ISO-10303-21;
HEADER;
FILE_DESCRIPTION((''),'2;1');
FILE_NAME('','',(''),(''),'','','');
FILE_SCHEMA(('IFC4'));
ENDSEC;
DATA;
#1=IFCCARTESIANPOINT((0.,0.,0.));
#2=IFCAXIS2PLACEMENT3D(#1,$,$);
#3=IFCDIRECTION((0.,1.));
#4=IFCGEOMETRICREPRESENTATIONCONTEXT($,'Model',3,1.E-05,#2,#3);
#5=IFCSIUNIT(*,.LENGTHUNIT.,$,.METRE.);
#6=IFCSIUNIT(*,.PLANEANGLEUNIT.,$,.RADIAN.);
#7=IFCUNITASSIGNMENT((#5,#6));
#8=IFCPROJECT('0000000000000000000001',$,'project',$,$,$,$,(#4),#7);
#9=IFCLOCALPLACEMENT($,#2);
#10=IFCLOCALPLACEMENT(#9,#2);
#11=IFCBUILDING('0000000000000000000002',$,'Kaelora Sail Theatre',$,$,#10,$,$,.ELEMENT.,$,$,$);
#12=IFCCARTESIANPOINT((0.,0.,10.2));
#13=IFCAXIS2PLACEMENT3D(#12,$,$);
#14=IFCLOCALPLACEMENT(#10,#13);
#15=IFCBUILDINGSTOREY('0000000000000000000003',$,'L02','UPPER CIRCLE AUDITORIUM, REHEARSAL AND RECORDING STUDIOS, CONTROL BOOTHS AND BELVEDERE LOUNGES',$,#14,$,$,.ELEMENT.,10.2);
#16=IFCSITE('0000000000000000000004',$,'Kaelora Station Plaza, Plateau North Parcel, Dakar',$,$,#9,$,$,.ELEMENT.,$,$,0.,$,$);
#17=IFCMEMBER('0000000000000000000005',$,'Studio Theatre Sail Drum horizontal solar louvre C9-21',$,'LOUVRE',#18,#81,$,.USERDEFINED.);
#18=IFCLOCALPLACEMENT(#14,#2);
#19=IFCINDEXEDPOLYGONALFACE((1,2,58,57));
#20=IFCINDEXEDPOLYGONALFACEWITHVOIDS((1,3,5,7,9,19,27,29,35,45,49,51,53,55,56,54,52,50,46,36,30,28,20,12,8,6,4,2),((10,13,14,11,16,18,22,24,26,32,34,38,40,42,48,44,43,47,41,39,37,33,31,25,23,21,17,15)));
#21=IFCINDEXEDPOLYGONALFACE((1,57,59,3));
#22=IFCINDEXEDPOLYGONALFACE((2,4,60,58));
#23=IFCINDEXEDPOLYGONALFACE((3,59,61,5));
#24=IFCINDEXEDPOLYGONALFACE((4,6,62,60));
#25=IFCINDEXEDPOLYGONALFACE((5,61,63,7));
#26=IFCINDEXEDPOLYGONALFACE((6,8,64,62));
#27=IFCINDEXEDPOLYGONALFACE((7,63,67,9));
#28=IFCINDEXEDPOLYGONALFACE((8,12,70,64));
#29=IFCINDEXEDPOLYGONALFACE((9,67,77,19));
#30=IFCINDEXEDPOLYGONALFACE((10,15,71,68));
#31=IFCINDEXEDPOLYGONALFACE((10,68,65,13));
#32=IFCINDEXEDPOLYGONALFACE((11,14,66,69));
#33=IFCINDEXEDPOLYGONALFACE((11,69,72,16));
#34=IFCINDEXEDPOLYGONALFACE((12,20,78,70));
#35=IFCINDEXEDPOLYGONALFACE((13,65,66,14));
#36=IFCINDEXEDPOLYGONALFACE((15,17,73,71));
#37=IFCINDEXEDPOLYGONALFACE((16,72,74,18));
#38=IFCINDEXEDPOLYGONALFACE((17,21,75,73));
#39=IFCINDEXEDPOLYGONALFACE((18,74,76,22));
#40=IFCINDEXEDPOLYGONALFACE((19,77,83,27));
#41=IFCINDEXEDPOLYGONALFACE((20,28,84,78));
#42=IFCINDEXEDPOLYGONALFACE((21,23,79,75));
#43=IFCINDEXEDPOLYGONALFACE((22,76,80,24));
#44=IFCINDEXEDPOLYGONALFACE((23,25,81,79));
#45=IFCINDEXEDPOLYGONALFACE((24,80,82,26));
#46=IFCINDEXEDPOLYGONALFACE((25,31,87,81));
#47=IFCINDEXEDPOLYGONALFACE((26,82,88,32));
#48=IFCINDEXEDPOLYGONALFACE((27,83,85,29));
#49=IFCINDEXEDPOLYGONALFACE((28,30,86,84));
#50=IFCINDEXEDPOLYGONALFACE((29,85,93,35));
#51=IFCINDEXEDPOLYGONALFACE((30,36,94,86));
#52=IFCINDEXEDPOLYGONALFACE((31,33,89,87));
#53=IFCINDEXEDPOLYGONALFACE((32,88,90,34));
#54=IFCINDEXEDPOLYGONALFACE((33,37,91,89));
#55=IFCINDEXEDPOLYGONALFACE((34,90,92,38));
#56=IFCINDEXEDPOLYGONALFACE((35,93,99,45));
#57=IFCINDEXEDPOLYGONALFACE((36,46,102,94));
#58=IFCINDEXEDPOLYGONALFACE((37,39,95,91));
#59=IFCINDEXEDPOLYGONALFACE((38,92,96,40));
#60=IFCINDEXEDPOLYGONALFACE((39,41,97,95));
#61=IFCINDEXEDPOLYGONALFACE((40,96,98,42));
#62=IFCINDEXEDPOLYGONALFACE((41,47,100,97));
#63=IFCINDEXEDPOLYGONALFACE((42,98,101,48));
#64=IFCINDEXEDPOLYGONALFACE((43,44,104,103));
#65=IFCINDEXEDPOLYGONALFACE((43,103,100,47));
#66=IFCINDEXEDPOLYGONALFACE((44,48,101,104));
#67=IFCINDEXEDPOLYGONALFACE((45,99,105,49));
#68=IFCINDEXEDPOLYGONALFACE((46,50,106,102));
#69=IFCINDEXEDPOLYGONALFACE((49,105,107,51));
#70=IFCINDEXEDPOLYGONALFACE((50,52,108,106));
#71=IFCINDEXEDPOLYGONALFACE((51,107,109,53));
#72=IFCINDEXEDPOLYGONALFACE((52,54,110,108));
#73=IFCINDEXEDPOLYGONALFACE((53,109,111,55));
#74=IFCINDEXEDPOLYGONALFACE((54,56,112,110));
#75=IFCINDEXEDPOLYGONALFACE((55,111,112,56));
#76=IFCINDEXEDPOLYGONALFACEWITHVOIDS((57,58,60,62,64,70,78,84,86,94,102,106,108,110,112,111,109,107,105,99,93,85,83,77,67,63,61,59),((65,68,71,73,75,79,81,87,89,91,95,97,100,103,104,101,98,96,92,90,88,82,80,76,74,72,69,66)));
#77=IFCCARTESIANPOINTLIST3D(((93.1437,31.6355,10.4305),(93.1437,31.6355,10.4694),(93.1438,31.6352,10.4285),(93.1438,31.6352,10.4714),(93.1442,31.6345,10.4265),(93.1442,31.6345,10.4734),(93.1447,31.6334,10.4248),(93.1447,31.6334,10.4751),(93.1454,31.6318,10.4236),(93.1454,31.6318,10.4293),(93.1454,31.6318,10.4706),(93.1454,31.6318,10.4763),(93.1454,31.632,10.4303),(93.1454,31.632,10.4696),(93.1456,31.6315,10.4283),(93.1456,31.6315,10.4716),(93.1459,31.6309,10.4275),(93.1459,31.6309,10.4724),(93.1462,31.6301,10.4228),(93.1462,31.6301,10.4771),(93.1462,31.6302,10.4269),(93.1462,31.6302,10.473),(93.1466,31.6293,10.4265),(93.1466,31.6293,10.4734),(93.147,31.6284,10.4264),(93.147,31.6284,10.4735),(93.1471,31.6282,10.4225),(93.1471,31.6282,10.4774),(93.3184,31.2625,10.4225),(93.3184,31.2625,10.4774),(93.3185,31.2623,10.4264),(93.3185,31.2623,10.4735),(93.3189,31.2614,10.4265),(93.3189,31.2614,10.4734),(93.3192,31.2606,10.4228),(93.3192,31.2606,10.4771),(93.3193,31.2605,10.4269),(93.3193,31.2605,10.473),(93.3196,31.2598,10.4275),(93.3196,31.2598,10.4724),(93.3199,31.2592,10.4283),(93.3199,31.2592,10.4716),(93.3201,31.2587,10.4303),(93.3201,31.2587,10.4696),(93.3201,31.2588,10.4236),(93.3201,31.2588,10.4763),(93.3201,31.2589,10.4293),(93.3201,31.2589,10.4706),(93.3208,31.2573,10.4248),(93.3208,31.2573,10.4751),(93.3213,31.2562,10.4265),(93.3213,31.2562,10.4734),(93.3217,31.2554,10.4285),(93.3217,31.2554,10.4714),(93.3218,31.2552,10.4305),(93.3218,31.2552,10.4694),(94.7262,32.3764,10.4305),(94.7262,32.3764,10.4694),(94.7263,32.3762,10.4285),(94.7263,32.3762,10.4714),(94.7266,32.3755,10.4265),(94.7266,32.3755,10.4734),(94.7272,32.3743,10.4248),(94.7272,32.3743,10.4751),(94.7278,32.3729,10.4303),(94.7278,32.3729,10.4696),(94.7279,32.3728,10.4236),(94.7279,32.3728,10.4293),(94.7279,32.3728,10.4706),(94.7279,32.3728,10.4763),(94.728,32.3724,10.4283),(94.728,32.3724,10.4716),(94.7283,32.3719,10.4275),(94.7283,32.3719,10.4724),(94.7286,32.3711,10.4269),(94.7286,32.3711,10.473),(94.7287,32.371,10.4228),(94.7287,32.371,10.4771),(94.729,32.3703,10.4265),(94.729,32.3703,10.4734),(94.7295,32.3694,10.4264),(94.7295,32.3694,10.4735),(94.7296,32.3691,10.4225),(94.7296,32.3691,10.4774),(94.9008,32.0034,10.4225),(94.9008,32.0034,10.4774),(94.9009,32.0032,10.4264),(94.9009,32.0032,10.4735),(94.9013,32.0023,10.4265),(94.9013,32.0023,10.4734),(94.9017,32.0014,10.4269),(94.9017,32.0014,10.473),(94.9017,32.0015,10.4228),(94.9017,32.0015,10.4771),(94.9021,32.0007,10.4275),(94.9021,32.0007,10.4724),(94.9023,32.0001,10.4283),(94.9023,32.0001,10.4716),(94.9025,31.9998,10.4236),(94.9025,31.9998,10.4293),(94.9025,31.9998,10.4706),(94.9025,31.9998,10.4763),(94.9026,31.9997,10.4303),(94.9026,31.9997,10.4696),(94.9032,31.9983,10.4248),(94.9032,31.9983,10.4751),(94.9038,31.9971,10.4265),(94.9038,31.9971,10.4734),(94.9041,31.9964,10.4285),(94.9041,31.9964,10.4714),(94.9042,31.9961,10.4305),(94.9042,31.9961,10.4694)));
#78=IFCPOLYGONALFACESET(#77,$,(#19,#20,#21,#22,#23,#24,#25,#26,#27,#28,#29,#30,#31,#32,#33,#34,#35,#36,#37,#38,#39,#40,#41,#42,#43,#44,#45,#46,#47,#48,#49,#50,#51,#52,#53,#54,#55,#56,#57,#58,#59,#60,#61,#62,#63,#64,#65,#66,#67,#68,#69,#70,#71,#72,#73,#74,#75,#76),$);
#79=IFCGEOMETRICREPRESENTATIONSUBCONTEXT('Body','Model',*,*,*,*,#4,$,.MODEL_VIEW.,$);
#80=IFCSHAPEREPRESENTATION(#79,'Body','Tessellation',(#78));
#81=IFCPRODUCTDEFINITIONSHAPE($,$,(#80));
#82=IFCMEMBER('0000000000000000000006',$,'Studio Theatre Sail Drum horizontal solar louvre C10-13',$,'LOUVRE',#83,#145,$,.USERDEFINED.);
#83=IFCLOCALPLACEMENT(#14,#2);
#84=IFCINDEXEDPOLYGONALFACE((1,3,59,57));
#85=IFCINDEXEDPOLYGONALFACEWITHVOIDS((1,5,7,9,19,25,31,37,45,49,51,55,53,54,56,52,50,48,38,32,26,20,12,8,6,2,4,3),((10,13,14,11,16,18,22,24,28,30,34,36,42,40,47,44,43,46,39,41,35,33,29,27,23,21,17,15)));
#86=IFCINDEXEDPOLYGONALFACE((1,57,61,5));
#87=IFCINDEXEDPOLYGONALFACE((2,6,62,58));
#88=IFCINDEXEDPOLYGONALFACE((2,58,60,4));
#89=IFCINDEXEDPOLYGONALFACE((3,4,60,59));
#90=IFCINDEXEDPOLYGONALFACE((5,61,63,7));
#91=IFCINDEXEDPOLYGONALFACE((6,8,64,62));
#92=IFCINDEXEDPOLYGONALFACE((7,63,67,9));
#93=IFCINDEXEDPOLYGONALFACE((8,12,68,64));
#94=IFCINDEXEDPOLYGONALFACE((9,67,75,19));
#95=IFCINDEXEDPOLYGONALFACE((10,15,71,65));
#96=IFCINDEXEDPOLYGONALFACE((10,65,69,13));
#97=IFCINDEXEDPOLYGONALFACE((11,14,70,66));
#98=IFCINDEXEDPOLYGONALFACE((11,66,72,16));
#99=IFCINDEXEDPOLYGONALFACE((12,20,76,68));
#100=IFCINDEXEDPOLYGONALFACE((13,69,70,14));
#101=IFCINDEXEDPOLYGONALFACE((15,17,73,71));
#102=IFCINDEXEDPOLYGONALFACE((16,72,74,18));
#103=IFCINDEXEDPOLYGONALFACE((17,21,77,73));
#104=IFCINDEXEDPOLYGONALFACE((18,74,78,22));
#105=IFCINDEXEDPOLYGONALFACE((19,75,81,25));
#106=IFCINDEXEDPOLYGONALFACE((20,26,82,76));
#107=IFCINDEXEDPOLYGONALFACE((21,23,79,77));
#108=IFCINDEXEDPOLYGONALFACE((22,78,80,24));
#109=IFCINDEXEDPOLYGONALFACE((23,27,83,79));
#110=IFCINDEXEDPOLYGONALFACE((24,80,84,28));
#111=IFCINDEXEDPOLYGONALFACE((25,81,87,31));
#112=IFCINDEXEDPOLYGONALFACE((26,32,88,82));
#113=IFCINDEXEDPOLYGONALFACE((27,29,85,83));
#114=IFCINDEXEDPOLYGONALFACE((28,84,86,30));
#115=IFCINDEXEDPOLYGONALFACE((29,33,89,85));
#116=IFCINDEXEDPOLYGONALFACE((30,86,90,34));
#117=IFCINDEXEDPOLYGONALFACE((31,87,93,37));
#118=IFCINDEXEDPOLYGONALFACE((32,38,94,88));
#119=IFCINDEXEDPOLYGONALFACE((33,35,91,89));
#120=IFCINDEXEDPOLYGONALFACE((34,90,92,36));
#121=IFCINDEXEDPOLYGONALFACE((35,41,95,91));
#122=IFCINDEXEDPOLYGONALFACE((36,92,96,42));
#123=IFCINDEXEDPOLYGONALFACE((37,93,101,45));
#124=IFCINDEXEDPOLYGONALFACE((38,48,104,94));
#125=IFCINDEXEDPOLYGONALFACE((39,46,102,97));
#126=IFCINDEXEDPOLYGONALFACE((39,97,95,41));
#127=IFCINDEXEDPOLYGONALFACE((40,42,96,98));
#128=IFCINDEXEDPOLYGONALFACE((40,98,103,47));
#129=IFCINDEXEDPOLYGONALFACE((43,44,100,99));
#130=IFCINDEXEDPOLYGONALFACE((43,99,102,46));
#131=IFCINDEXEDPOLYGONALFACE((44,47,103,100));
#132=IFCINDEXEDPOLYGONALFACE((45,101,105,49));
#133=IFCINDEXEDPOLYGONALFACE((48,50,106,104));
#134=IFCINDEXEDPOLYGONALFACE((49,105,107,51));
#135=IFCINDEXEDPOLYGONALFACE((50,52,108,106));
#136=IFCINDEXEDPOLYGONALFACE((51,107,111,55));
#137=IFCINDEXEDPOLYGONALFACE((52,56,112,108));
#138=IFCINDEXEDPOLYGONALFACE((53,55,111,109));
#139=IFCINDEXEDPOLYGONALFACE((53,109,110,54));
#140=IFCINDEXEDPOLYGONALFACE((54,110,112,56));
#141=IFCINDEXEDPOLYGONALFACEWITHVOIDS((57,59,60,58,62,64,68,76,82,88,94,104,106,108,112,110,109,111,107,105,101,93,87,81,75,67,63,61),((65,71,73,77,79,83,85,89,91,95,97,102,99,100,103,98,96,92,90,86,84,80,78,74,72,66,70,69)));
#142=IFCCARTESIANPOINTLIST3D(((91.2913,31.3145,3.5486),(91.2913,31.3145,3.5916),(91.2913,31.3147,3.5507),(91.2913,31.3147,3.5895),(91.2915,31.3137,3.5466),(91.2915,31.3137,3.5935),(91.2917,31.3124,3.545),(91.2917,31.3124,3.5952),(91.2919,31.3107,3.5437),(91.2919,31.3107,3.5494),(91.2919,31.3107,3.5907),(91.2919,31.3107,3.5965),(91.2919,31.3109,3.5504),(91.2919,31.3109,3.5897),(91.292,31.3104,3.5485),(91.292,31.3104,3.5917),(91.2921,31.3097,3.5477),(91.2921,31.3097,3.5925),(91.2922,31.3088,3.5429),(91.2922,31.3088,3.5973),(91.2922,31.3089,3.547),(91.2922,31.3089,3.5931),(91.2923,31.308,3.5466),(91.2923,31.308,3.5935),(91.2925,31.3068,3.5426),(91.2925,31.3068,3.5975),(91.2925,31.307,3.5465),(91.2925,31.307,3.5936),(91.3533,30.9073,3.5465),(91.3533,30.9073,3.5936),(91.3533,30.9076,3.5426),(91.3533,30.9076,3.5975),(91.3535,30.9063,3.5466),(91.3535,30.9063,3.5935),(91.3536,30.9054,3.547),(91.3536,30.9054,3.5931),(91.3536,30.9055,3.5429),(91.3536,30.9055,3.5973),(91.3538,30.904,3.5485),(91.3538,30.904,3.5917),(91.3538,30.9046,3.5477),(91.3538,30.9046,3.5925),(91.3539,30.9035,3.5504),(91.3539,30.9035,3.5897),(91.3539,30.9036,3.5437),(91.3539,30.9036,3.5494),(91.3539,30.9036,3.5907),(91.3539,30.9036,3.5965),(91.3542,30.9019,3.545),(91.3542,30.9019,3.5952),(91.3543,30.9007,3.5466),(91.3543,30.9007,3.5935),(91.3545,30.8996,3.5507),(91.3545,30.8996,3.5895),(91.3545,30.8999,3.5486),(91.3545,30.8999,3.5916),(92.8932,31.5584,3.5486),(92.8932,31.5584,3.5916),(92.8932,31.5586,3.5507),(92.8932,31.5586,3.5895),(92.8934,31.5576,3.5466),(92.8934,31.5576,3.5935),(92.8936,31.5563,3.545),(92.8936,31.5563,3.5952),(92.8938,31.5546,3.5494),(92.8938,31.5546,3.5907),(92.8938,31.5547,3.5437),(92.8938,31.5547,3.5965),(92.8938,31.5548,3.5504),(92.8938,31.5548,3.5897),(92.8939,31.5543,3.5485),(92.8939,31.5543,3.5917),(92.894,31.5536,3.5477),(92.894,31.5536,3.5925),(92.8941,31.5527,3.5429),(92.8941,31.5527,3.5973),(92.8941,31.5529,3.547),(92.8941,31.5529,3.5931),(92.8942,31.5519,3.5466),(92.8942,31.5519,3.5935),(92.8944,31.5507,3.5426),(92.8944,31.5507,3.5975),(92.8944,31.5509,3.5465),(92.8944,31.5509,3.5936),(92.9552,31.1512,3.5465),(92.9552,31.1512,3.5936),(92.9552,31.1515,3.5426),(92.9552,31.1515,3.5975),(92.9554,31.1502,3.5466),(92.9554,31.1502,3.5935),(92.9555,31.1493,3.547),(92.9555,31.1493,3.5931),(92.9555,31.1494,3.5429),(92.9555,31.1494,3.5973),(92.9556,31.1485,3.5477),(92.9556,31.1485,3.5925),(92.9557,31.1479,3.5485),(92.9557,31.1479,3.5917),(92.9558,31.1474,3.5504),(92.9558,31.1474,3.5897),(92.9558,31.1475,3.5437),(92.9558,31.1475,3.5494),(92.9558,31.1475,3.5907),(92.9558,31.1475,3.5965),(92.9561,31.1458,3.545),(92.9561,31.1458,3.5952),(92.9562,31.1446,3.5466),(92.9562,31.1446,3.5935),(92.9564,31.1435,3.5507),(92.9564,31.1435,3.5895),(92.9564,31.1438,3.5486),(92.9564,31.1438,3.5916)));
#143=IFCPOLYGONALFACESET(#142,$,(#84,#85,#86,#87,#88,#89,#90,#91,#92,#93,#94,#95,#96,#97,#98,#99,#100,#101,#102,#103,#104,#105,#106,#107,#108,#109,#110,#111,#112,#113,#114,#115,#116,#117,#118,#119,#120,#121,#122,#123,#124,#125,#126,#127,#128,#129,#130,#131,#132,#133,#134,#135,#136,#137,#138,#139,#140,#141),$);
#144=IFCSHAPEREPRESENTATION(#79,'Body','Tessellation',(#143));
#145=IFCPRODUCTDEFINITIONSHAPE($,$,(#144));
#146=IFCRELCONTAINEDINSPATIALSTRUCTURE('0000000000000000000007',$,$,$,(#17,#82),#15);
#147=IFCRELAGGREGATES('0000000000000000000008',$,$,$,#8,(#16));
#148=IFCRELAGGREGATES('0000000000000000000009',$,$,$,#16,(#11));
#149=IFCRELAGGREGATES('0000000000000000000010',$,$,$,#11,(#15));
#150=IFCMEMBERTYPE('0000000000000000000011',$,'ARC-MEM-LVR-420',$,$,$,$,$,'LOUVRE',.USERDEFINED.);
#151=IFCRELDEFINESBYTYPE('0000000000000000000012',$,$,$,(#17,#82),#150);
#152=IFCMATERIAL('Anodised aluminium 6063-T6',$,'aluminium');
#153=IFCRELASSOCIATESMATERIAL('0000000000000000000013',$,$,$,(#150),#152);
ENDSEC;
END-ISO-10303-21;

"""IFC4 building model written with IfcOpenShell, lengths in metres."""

from ifc_helpers import new_model, si_unit, direction, frame, origin, origin_2d, place, context, subcontext, project, spatial, hollow_rectangle, extrude, material, material_profile, profile_set, type_object, element, save


model = new_model("IFC4")

# Units and contexts
model_context = context("Model", 3, precision=1e-05, world=origin(), true_north=direction((0.0, 1.0)))
body_context = subcontext(model_context, "Body", "Model", "MODEL_VIEW")
ifc_project = project(units=[si_unit("LENGTHUNIT", "METRE"), si_unit("PLANEANGLEUNIT", "RADIAN")], contexts=[model_context])

# Site, building, storey
site_placement = place(None, origin())
site = spatial("IfcSite", under=ifc_project, at=site_placement, Name="Kaelora Station Plaza, Plateau North Parcel, Dakar", CompositionType="ELEMENT", RefElevation=0.0)
building_placement = place(site_placement, origin())
building = spatial("IfcBuilding", under=site, at=building_placement, Name="Kaelora Sail Theatre", CompositionType="ELEMENT")
storey_placement = place(building_placement, frame((0.0, 0.0, 10.2)))
storey = spatial("IfcBuildingStorey", under=building, at=storey_placement, Name="L02", Description="UPPER CIRCLE AUDITORIUM, REHEARSAL AND RECORDING STUDIOS, CONTROL BOOTHS AND BELVEDERE LOUNGES", CompositionType="ELEMENT", Elevation=10.2)

# Members
ifc_material_1 = material(Name="Anodised aluminium 6063-T6", Category="aluminium")
ifc_material_profile_1 = material_profile(ifc_material_1, hollow_rectangle(XDim=0.4199, YDim=0.0549, WallThickness=0.0039, InnerFilletRadius=0.0039, OuterFilletRadius=0.0081, at=origin_2d()), Name="LOUVRE 420x55x4")
ifc_profile_set_1 = profile_set([ifc_material_profile_1], Name="Anodised aluminium 6063-T6")
member_type = type_object("IfcMemberType", Name="ARC-MEM-LVR-420", ElementType="LOUVRE", PredefinedType="USERDEFINED", material=ifc_profile_set_1)
for number, where, z_axis, x_axis, name in (
    (1, (94.8152, 32.1863, 10.45), (-0.905643, -0.42404, 0.0), (0.42404, -0.905643, 0.0), "Studio Theatre Sail Drum horizontal solar louvre C9-21"),
):
    element("IfcMember", number, at=place(storey_placement, frame(where, z_axis=z_axis, x_axis=x_axis)), inside=storey, type_object=member_type, Name=name, ObjectType="LOUVRE", PredefinedType="USERDEFINED", context=body_context, shape_type="SweptSolid", body=[
        extrude(hollow_rectangle(XDim=0.4199, YDim=0.0549, WallThickness=0.0039, InnerFilletRadius=0.0039, OuterFilletRadius=0.0081, at=origin_2d()), origin(), (0.0, 0.0, 1.0), 1.7473),
    ])
for number, where, z_axis, x_axis, name in (
    (2, (92.9248, 31.3511, 3.5701), (-0.988606, -0.150528, 0.0), (0.150528, -0.988606, 0.0), "Studio Theatre Sail Drum horizontal solar louvre C10-13"),
):
    element("IfcMember", number, at=place(storey_placement, frame(where, z_axis=z_axis, x_axis=x_axis)), inside=storey, type_object=member_type, Name=name, ObjectType="LOUVRE", PredefinedType="USERDEFINED", context=body_context, shape_type="SweptSolid", body=[
        extrude(hollow_rectangle(XDim=0.4199, YDim=0.0549, WallThickness=0.0039, InnerFilletRadius=0.0039, OuterFilletRadius=0.0081, at=origin_2d()), origin(), (0.0, 0.0, 1.0), 1.6204),
    ])

save(model, "model.ifc")
